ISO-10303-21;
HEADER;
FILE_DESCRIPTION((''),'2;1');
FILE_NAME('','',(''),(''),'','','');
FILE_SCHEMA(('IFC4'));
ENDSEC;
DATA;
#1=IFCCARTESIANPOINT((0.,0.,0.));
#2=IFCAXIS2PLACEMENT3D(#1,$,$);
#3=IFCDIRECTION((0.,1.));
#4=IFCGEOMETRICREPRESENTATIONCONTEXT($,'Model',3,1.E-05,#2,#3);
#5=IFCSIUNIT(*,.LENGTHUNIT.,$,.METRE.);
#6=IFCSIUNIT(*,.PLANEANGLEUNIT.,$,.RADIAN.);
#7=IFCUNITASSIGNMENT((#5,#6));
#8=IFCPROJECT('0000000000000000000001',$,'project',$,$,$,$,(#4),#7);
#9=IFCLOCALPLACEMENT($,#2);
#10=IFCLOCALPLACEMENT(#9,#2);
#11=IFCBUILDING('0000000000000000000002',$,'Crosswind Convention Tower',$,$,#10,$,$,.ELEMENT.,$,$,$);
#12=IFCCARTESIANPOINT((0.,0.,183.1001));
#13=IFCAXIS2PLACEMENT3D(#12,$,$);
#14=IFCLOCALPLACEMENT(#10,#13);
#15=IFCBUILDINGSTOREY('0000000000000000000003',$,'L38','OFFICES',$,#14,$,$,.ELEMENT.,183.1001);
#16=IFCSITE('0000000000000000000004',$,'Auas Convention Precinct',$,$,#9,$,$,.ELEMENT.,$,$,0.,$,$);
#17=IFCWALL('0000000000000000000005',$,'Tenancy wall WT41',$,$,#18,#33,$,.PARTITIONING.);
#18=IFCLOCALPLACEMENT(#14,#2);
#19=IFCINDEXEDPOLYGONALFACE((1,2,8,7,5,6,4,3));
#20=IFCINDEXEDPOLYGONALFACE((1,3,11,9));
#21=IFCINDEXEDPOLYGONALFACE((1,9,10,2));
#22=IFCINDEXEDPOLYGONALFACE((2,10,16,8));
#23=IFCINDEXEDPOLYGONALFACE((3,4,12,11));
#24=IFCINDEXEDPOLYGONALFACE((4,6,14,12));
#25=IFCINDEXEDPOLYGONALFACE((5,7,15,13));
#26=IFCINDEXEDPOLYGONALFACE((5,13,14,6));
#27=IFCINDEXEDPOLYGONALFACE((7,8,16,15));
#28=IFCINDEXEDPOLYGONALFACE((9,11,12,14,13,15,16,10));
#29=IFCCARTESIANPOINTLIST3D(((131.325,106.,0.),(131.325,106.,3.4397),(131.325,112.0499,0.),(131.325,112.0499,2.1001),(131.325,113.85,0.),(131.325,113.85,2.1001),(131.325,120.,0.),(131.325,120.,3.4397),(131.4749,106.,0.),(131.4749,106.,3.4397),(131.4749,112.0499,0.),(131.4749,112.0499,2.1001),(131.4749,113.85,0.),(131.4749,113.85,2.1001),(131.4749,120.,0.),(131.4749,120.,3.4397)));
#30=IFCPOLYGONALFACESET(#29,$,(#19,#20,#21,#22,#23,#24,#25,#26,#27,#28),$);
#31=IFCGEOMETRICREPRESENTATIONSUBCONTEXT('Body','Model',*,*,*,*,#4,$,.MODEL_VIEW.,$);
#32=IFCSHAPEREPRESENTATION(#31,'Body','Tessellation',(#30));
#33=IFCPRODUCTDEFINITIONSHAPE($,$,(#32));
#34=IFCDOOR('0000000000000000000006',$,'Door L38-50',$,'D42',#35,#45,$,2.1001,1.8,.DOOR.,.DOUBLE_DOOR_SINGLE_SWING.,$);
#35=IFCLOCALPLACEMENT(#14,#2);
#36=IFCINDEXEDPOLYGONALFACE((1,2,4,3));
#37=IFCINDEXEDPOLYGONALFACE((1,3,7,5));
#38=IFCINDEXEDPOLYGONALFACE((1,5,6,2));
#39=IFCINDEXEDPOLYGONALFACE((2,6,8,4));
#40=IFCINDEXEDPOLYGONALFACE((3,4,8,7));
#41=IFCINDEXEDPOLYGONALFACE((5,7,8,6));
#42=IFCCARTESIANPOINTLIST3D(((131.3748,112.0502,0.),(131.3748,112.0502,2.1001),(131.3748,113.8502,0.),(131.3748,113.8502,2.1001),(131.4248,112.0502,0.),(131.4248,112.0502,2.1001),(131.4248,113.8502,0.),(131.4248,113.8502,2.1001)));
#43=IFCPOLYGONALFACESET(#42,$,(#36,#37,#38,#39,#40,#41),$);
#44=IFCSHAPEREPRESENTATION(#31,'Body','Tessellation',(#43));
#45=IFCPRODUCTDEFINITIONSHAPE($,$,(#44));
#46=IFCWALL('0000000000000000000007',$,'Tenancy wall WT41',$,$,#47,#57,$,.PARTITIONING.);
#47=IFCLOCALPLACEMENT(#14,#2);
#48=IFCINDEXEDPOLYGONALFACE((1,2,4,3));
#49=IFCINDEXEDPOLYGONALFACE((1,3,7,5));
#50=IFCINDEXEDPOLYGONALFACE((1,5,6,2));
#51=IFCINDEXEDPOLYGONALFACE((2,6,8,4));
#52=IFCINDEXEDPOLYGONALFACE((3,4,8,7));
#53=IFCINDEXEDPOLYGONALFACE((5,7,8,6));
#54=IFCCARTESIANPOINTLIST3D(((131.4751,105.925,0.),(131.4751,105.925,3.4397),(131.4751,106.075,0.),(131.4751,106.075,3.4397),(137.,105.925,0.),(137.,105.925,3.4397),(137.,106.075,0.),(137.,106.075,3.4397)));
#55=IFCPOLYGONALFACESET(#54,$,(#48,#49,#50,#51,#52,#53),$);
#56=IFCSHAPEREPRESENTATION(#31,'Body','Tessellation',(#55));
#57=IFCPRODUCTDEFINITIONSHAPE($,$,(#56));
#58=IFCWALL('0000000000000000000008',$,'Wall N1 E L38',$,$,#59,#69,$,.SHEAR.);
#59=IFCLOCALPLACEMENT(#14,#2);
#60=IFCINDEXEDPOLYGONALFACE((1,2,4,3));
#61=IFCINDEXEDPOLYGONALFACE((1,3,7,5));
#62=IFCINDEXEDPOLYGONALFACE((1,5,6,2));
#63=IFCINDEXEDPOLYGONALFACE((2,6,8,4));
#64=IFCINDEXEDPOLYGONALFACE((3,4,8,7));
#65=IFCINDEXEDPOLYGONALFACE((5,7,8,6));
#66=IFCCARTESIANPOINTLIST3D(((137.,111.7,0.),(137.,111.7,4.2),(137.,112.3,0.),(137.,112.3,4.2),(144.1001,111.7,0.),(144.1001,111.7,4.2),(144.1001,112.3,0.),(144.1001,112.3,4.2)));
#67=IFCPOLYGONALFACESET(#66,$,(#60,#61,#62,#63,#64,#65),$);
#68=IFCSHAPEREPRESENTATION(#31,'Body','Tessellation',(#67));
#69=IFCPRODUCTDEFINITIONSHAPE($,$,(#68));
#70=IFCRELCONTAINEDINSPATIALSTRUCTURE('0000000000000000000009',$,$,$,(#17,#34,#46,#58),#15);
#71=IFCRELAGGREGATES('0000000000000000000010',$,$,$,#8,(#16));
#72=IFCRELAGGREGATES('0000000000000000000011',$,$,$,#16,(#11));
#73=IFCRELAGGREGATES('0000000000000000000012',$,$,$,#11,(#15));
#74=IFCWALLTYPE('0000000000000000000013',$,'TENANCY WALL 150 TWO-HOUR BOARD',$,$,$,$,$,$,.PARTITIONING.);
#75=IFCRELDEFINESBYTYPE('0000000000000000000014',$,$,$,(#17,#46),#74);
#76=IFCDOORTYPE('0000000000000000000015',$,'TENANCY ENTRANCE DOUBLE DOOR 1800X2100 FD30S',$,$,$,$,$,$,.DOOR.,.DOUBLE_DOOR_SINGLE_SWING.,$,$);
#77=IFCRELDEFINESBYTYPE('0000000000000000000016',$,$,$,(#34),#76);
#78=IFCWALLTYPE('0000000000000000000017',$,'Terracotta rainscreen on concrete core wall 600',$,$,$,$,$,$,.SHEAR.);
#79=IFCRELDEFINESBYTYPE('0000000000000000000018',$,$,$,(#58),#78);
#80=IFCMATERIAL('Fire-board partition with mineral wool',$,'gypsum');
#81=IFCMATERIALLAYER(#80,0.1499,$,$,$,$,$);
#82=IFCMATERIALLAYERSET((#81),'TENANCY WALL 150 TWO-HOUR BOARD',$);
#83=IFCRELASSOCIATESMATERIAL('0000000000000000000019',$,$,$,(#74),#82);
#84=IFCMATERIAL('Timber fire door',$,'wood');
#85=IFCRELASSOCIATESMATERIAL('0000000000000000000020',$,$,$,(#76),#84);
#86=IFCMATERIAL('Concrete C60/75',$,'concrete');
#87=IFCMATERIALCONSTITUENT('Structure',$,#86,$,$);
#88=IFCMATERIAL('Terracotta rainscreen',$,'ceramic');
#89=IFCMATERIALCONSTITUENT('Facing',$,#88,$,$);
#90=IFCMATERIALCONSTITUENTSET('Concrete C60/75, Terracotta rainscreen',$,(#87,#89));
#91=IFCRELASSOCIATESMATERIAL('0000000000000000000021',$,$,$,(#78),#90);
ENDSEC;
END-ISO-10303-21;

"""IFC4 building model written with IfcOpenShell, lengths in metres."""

from ifc_helpers import new_model, si_unit, direction, frame, frame_2d, origin, place, context, subcontext, project, spatial, rectangle, extrude, material, layer, layer_set, constituent, constituent_set, type_object, element, fill, save


model = new_model("IFC4")

# Units and contexts
model_context = context("Model", 3, precision=1e-05, world=origin(), true_north=direction((0.0, 1.0)))
body_context = subcontext(model_context, "Body", "Model", "MODEL_VIEW")
ifc_project = project(units=[si_unit("LENGTHUNIT", "METRE"), si_unit("PLANEANGLEUNIT", "RADIAN")], contexts=[model_context])

# Site, building, storey
site_placement = place(None, origin())
site = spatial("IfcSite", under=ifc_project, at=site_placement, Name="Auas Convention Precinct", CompositionType="ELEMENT", RefElevation=0.0)
building_placement = place(site_placement, origin())
building = spatial("IfcBuilding", under=site, at=building_placement, Name="Crosswind Convention Tower", CompositionType="ELEMENT")
storey_placement = place(building_placement, frame((0.0, 0.0, 183.1001)))
storey = spatial("IfcBuildingStorey", under=building, at=storey_placement, Name="L38", Description="OFFICES", CompositionType="ELEMENT", Elevation=183.1001)

# Shared definitions
ifc_material_1 = material(Name="Concrete C60/75", Category="concrete")

# Wall, opening, door
ifc_material_2 = material(Name="Fire-board partition with mineral wool", Category="gypsum")
ifc_layer = layer(ifc_material_2, 0.1499)
ifc_layer_set = layer_set([ifc_layer], Name="TENANCY WALL 150 TWO-HOUR BOARD")
wall_type_1 = type_object("IfcWallType", Name="TENANCY WALL 150 TWO-HOUR BOARD", PredefinedType="PARTITIONING", material=ifc_layer_set)
wall_1_placement = place(storey_placement, frame((131.3999, 106.0, 0.0), z_axis=(0.0, 0.0, 1.0), x_axis=(0.0, 1.0, 0.0)))
wall_1 = element("IfcWall", 1, at=wall_1_placement, inside=storey, type_object=wall_type_1, Name="Tenancy wall WT41", PredefinedType="PARTITIONING", context=body_context, shape_type="SweptSolid", body=[
    extrude(rectangle(XDim=14.0, YDim=0.1499, at=frame_2d((7.0, 0.0))), origin(), (0.0, 0.0, 1.0), 3.4397),
])
opening_placement = place(wall_1_placement, frame((6.05, 0.0, 0.0)))
opening = element("IfcOpeningElement", 2, at=opening_placement, cuts=wall_1, PredefinedType="OPENING", context=body_context, shape_type="SweptSolid", body=[
    extrude(rectangle(XDim=1.8, YDim=2.1001, at=frame_2d((0.8999, 1.05))), frame((0.0, 0.085, 0.0), z_axis=(0.0, -1.0, 0.0), x_axis=(1.0, 0.0, 0.0)), (0.0, 0.0, 1.0), 0.1699),
])
ifc_material_3 = material(Name="Timber fire door", Category="wood")
door_type = type_object("IfcDoorType", Name="TENANCY ENTRANCE DOUBLE DOOR 1800X2100 FD30S", OperationType="DOUBLE_DOOR_SINGLE_SWING", PredefinedType="DOOR", material=ifc_material_3)
door_placement = place(opening_placement, frame((1.8, 0.0, 0.0), z_axis=(0.0, 0.0, 1.0), x_axis=(-1.0, 0.0, 0.0)))
door = element("IfcDoor", 3, at=door_placement, inside=storey, type_object=door_type, Name="Door L38-50", ObjectType="D42", OperationType="DOUBLE_DOOR_SINGLE_SWING", OverallHeight=2.1001, OverallWidth=1.8, PredefinedType="DOOR", context=body_context, shape_type="SweptSolid", body=[
    extrude(rectangle(XDim=1.8, YDim=2.1001, at=frame_2d((0.8999, 1.05))), frame((0.0, 0.0249, 0.0), z_axis=(0.0, -1.0, 0.0), x_axis=(1.0, 0.0, 0.0)), (0.0, 0.0, 1.0), 0.05),
])
fill(opening, door)

# Walls
wall_2_placement = place(storey_placement, frame((131.4751, 106.0, 0.0), z_axis=(0.0, 0.0, 1.0), x_axis=(1.0, 0.0, 0.0)))
element("IfcWall", 4, at=wall_2_placement, inside=storey, type_object=wall_type_1, Name="Tenancy wall WT41", PredefinedType="PARTITIONING", context=body_context, shape_type="SweptSolid", body=[
    extrude(rectangle(XDim=5.5249, YDim=0.1499, at=frame_2d((2.7625, 0.0))), origin(), (0.0, 0.0, 1.0), 3.4397),
])
ifc_constituent_1 = constituent(ifc_material_1, Name="Structure")
ifc_material_4 = material(Name="Terracotta rainscreen", Category="ceramic")
ifc_constituent_2 = constituent(ifc_material_4, Name="Facing")
ifc_constituent_set = constituent_set(constituents=[ifc_constituent_1, ifc_constituent_2], Name="Concrete C60/75, Terracotta rainscreen")
wall_type_2 = type_object("IfcWallType", Name="Terracotta rainscreen on concrete core wall 600", PredefinedType="SHEAR", material=ifc_constituent_set)
wall_3_placement = place(storey_placement, frame((137.0, 112.0, 0.0), z_axis=(0.0, 0.0, 1.0), x_axis=(1.0, 0.0, 0.0)))
element("IfcWall", 5, at=wall_3_placement, inside=storey, type_object=wall_type_2, Name="Wall N1 E L38", PredefinedType="SHEAR", context=body_context, shape_type="SweptSolid", body=[
    extrude(rectangle(XDim=7.1001, YDim=0.6001, at=frame_2d((3.55, 0.0))), origin(), (0.0, 0.0, 1.0), 4.2),
])

save(model, "model.ifc")
